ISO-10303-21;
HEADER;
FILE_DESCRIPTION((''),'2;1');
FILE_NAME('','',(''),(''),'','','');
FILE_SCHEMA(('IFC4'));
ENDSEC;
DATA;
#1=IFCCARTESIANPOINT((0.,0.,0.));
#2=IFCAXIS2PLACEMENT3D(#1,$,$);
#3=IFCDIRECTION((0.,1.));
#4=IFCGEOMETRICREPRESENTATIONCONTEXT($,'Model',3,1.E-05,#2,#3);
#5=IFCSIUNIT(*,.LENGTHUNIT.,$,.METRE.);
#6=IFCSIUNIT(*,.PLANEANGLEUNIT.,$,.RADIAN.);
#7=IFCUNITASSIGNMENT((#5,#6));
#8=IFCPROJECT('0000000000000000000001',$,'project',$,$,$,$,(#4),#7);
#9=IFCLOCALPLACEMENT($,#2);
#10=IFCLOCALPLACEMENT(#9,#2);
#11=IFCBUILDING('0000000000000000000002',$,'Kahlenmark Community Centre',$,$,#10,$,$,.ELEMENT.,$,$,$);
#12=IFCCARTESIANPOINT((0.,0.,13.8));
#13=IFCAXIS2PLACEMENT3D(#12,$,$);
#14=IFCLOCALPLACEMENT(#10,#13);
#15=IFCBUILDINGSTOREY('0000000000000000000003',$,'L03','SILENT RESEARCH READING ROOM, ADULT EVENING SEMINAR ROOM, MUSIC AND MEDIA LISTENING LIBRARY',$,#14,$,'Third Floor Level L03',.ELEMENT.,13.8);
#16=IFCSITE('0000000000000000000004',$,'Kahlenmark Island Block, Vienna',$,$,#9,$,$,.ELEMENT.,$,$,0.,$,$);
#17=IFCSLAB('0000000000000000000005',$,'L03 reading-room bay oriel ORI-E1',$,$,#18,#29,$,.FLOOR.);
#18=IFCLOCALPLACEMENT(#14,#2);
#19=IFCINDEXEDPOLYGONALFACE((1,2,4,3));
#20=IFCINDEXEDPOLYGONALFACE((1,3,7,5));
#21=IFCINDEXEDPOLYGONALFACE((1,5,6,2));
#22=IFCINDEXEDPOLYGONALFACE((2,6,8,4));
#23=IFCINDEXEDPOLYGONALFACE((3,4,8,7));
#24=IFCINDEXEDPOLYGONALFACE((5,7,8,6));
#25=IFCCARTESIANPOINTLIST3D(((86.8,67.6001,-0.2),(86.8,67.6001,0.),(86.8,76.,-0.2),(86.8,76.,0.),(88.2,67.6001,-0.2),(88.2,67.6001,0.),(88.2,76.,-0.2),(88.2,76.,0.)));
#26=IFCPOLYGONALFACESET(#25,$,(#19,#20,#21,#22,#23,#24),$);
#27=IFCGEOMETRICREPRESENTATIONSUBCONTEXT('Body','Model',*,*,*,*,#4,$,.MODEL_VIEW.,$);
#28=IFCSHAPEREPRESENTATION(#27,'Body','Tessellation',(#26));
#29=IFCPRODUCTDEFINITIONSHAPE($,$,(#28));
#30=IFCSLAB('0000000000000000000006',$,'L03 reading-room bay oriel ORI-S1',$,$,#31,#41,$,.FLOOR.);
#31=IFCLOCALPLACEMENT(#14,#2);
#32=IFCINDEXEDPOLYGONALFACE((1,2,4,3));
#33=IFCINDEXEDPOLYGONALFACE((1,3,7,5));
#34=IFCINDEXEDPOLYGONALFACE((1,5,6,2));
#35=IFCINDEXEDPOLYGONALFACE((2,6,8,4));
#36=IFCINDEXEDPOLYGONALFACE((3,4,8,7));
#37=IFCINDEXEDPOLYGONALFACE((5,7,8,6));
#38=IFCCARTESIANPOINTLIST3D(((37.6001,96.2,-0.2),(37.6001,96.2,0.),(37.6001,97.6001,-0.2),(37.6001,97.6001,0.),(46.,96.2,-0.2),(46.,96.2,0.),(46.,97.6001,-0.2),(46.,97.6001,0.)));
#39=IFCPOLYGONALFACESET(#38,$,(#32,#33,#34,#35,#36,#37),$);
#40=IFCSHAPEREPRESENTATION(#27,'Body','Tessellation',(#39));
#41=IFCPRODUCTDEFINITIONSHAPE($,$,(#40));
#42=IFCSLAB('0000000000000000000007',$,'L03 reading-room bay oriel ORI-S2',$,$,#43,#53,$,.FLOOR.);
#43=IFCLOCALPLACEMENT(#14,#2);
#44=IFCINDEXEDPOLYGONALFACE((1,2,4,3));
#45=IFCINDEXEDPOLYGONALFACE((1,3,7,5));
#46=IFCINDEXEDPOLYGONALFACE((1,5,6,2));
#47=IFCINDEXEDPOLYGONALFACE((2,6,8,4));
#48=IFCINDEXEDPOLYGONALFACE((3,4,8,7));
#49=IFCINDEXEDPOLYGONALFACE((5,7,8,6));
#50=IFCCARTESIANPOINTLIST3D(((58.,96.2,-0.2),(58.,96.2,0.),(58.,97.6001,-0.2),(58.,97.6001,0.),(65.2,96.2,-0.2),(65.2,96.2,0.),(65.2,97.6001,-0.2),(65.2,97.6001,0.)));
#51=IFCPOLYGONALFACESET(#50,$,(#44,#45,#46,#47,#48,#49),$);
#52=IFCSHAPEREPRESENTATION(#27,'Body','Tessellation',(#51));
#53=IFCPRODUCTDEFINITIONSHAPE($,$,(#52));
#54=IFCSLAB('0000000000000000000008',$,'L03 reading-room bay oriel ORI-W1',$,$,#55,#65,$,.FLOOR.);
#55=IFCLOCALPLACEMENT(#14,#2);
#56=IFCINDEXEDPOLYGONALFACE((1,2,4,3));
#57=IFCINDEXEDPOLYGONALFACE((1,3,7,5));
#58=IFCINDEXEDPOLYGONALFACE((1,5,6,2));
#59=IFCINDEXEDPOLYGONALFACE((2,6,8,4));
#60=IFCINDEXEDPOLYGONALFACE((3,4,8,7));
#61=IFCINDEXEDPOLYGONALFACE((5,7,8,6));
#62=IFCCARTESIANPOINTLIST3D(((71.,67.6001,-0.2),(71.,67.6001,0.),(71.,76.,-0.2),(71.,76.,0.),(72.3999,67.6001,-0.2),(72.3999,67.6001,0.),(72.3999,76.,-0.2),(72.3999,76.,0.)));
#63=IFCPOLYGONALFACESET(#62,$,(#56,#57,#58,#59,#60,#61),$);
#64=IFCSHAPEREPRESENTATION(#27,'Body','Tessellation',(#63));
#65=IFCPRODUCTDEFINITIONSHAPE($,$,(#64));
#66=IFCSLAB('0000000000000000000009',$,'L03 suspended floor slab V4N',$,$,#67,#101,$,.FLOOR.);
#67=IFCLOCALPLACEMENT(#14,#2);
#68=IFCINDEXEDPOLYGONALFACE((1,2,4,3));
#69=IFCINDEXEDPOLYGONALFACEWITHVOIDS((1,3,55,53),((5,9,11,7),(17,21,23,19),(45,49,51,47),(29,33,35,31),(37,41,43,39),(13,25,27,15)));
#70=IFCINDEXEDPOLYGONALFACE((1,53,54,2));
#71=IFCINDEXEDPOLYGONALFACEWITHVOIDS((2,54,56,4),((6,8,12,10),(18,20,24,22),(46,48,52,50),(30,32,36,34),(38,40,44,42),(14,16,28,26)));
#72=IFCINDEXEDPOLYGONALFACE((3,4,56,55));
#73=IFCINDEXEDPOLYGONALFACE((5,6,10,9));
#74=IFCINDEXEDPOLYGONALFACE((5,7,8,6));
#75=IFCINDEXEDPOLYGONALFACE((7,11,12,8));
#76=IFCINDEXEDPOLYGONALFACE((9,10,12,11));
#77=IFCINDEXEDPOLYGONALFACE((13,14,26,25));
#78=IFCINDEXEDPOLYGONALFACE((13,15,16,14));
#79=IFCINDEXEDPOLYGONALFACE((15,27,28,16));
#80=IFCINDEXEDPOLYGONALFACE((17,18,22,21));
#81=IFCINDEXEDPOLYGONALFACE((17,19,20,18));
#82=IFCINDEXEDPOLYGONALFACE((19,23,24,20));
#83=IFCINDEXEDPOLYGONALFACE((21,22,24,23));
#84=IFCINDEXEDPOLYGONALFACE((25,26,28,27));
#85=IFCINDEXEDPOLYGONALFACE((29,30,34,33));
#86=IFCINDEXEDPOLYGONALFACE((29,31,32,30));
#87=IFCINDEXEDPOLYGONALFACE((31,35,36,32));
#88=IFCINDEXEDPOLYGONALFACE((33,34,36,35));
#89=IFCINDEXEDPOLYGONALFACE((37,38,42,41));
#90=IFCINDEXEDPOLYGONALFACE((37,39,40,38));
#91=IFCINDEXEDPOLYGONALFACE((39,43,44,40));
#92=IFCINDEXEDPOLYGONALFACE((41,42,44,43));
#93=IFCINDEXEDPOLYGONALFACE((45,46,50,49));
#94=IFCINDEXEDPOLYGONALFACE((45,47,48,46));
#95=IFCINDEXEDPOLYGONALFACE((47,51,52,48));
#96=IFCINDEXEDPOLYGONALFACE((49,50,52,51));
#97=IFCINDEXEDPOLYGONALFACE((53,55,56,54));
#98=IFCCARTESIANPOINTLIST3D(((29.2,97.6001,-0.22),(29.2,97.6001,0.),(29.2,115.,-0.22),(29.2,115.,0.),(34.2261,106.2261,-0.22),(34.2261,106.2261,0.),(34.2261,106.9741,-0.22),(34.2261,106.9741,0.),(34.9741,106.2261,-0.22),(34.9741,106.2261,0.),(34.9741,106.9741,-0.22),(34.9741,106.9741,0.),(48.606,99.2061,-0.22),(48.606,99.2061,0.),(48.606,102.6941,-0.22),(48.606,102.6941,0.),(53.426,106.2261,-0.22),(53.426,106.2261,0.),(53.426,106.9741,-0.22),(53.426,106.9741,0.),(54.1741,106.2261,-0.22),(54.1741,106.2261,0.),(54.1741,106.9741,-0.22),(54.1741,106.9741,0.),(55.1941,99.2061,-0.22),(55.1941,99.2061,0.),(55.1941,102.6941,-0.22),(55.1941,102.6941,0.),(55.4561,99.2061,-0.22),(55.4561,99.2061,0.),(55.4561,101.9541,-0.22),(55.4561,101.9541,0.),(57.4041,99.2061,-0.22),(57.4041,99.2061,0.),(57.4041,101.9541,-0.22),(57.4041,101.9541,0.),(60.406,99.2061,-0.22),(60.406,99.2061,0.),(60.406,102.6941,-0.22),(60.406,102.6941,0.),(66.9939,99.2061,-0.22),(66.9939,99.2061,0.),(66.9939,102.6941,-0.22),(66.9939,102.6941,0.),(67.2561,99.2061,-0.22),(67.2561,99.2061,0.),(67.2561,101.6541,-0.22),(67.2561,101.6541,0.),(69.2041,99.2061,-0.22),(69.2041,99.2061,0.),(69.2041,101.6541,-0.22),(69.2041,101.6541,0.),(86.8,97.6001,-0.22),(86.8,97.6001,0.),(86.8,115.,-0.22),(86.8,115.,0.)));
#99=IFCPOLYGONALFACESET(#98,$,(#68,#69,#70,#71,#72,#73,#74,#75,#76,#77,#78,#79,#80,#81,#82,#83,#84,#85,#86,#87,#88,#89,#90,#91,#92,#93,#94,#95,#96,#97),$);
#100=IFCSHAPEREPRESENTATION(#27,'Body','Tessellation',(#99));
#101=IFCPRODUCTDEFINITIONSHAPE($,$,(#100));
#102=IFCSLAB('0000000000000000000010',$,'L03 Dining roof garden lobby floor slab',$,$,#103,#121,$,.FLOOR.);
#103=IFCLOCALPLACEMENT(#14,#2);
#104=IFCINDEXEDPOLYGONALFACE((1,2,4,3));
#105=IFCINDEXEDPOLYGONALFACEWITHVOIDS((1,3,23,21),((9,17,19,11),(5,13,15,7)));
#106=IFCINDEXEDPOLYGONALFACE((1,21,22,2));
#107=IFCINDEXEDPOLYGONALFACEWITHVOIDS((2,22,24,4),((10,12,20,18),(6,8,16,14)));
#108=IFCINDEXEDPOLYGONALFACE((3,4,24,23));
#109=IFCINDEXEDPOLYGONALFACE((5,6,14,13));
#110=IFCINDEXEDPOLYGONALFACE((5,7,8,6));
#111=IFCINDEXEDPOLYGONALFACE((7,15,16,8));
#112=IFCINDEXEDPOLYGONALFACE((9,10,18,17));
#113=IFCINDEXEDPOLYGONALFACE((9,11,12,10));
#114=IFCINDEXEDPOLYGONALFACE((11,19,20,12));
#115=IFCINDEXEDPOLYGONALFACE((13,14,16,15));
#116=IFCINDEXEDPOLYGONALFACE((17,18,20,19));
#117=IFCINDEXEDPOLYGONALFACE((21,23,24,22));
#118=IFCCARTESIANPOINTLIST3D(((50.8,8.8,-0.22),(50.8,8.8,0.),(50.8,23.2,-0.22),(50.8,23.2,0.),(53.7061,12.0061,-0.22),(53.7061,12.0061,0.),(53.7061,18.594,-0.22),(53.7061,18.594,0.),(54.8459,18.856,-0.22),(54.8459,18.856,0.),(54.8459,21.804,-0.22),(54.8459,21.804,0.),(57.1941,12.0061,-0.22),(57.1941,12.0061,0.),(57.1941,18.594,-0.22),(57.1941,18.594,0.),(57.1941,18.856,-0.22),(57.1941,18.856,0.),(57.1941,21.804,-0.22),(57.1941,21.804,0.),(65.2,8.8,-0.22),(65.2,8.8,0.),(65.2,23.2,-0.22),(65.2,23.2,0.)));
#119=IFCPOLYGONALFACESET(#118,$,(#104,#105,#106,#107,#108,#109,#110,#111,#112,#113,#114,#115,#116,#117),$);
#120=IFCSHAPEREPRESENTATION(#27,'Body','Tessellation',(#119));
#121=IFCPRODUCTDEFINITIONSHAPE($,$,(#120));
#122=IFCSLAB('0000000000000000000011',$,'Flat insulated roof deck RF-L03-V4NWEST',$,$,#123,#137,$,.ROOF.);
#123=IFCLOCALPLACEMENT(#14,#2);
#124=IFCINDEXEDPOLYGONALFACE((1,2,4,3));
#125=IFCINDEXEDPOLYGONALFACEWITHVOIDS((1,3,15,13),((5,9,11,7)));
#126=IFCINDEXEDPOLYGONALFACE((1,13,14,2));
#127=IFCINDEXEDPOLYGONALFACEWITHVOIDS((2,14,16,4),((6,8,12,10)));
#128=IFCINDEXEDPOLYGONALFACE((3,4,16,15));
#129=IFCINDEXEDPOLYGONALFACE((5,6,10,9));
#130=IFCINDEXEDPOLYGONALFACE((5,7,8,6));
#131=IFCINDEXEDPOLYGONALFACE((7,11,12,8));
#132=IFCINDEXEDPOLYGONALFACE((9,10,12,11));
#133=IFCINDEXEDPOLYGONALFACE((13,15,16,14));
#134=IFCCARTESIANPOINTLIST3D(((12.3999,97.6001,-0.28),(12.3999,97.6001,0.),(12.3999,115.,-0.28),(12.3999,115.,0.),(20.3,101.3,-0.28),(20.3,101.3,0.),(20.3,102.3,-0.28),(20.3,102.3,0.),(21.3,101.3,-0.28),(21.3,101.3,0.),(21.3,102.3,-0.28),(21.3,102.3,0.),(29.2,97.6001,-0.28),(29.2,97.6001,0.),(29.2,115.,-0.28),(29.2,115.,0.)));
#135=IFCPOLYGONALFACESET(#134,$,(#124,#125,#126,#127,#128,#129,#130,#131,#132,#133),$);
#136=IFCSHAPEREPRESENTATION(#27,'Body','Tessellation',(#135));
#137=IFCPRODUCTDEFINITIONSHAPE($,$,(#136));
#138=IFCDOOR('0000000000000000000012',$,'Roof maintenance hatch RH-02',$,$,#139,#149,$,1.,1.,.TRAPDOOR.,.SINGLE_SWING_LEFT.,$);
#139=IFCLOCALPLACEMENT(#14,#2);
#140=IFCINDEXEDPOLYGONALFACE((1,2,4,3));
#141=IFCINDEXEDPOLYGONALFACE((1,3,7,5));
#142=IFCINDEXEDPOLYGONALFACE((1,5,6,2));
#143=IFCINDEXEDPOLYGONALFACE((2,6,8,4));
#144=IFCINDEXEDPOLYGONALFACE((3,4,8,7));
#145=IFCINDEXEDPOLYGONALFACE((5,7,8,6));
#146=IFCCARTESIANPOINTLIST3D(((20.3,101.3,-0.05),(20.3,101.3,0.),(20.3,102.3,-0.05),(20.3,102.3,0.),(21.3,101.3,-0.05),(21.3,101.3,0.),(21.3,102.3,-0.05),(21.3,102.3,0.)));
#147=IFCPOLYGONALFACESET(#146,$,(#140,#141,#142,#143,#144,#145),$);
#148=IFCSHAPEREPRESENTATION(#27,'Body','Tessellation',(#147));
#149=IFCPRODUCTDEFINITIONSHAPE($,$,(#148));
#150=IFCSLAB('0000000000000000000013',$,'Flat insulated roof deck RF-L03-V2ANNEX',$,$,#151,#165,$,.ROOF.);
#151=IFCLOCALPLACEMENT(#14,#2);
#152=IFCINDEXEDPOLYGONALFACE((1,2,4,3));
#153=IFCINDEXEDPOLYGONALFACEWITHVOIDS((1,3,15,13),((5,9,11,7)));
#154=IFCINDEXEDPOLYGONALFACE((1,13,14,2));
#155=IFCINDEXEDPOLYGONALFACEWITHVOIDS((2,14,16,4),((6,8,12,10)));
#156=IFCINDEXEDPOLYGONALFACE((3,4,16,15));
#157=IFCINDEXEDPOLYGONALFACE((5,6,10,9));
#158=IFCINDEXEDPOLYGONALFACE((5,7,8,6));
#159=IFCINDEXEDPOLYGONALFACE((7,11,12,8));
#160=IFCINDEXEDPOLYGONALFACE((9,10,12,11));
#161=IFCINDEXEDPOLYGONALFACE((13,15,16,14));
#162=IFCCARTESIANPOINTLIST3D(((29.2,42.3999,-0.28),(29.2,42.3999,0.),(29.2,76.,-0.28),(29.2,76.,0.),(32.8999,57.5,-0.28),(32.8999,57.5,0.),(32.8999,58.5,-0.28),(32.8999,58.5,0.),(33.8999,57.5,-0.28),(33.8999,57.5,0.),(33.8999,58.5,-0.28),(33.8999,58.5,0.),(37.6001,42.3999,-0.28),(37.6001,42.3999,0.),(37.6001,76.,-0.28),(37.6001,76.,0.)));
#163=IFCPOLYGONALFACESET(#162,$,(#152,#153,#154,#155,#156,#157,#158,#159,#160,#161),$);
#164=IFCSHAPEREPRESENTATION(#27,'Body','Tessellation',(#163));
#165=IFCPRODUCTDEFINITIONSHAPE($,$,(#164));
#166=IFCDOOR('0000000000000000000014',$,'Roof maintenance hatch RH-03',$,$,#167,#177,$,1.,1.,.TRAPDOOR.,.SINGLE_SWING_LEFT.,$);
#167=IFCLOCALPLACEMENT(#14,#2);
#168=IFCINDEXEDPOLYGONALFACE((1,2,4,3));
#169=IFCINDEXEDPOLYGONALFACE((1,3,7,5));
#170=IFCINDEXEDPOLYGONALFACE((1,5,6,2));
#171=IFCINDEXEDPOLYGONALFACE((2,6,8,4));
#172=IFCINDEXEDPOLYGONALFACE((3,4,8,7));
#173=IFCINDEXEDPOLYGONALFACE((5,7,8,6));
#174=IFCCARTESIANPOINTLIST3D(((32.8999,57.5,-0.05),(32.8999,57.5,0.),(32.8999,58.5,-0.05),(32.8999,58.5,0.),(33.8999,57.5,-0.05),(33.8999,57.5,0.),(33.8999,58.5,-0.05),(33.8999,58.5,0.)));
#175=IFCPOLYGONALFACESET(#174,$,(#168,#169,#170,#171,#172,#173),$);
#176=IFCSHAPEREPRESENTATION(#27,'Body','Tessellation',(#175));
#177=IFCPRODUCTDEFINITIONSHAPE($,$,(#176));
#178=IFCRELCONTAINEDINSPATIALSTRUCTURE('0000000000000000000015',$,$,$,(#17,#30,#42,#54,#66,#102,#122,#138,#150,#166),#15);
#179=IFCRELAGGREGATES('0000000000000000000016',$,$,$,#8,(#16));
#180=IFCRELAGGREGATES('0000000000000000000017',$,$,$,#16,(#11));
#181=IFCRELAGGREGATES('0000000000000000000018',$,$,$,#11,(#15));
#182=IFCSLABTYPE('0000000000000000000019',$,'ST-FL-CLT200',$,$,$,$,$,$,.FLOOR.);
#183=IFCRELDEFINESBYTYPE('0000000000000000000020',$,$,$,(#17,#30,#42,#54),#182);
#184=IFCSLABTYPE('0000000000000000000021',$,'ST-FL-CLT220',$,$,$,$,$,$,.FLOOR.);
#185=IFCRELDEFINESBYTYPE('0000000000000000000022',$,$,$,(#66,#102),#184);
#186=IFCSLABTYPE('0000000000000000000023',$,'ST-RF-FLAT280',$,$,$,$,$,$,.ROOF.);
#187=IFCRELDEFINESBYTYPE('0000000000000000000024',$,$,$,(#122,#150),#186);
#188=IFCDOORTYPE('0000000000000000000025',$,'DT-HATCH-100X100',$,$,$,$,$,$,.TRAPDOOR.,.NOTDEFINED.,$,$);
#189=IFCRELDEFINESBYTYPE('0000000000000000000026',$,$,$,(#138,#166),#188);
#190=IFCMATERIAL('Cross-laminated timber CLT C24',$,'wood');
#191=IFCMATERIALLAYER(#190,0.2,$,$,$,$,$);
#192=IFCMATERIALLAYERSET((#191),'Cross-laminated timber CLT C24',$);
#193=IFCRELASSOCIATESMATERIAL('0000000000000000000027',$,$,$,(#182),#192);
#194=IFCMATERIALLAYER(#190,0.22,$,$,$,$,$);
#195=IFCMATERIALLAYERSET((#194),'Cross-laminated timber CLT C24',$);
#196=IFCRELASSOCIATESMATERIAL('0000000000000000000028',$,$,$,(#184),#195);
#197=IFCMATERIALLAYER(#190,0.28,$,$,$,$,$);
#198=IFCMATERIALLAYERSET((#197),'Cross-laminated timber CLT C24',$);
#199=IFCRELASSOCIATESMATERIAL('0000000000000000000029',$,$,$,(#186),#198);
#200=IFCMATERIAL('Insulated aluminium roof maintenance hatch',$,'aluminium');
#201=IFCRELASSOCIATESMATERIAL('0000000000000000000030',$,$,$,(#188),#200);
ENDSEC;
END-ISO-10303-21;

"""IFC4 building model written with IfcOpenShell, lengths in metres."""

from ifc_helpers import new_model, si_unit, direction, frame, origin, origin_2d, place, context, subcontext, project, spatial, polyline, rectangle, outline, extrude, material, layer, layer_set, type_object, element, fill, save


model = new_model("IFC4")

# Units and contexts
model_context = context("Model", 3, precision=1e-05, world=origin(), true_north=direction((0.0, 1.0)))
body_context = subcontext(model_context, "Body", "Model", "MODEL_VIEW")
ifc_project = project(units=[si_unit("LENGTHUNIT", "METRE"), si_unit("PLANEANGLEUNIT", "RADIAN")], contexts=[model_context])

# Site, building, storey
site_placement = place(None, origin())
site = spatial("IfcSite", under=ifc_project, at=site_placement, Name="Kahlenmark Island Block, Vienna", CompositionType="ELEMENT", RefElevation=0.0)
building_placement = place(site_placement, origin())
building = spatial("IfcBuilding", under=site, at=building_placement, Name="Kahlenmark Community Centre", CompositionType="ELEMENT")
storey_placement = place(building_placement, frame((0.0, 0.0, 13.8)))
storey = spatial("IfcBuildingStorey", under=building, at=storey_placement, Name="L03", Description="SILENT RESEARCH READING ROOM, ADULT EVENING SEMINAR ROOM, MUSIC AND MEDIA LISTENING LIBRARY", LongName="Third Floor Level L03", CompositionType="ELEMENT", Elevation=13.8)

# Slabs
ifc_material_1 = material(Name="Cross-laminated timber CLT C24", Category="wood")
ifc_layer_1 = layer(ifc_material_1, 0.2)
ifc_layer_set_1 = layer_set([ifc_layer_1], Name="Cross-laminated timber CLT C24")
slab_type_1 = type_object("IfcSlabType", Name="ST-FL-CLT200", PredefinedType="FLOOR", material=ifc_layer_set_1)
slab_1_placement = place(storey_placement, frame((0.0, 0.0, -0.2)))
element("IfcSlab", 1, at=slab_1_placement, inside=storey, type_object=slab_type_1, Name="L03 reading-room bay oriel ORI-E1", PredefinedType="FLOOR", context=body_context, shape_type="SweptSolid", body=[
    extrude(outline(polyline([(86.8, 67.6001), (88.2, 67.6001), (88.2, 76.0), (86.8, 76.0), (86.8, 67.6001)])), origin(), (0.0, 0.0, 1.0), 0.2),
])
slab_2_placement = place(storey_placement, frame((0.0, 0.0, -0.2)))
element("IfcSlab", 2, at=slab_2_placement, inside=storey, type_object=slab_type_1, Name="L03 reading-room bay oriel ORI-S1", PredefinedType="FLOOR", context=body_context, shape_type="SweptSolid", body=[
    extrude(outline(polyline([(37.6001, 96.2), (46.0, 96.2), (46.0, 97.6001), (37.6001, 97.6001), (37.6001, 96.2)])), origin(), (0.0, 0.0, 1.0), 0.2),
])
slab_3_placement = place(storey_placement, frame((0.0, 0.0, -0.2)))
element("IfcSlab", 3, at=slab_3_placement, inside=storey, type_object=slab_type_1, Name="L03 reading-room bay oriel ORI-S2", PredefinedType="FLOOR", context=body_context, shape_type="SweptSolid", body=[
    extrude(outline(polyline([(58.0, 96.2), (65.2, 96.2), (65.2, 97.6001), (58.0, 97.6001), (58.0, 96.2)])), origin(), (0.0, 0.0, 1.0), 0.2),
])
slab_4_placement = place(storey_placement, frame((0.0, 0.0, -0.2)))
element("IfcSlab", 4, at=slab_4_placement, inside=storey, type_object=slab_type_1, Name="L03 reading-room bay oriel ORI-W1", PredefinedType="FLOOR", context=body_context, shape_type="SweptSolid", body=[
    extrude(outline(polyline([(71.0, 67.6001), (72.3999, 67.6001), (72.3999, 76.0), (71.0, 76.0), (71.0, 67.6001)])), origin(), (0.0, 0.0, 1.0), 0.2),
])
ifc_layer_2 = layer(ifc_material_1, 0.22)
ifc_layer_set_2 = layer_set([ifc_layer_2], Name="Cross-laminated timber CLT C24")
slab_type_2 = type_object("IfcSlabType", Name="ST-FL-CLT220", PredefinedType="FLOOR", material=ifc_layer_set_2)
slab_5_placement = place(storey_placement, frame((0.0, 0.0, -0.22)))
element("IfcSlab", 5, at=slab_5_placement, inside=storey, type_object=slab_type_2, Name="L03 suspended floor slab V4N", PredefinedType="FLOOR", context=body_context, shape_type="SweptSolid", body=[
    extrude(outline(polyline([(29.2, 97.6001), (86.8, 97.6001), (86.8, 115.0), (29.2, 115.0), (29.2, 97.6001)]), holes=[polyline([(48.606, 99.2061), (55.1941, 99.2061), (55.1941, 102.6941), (48.606, 102.6941), (48.606, 99.2061)]), polyline([(60.406, 99.2061), (66.9939, 99.2061), (66.9939, 102.6941), (60.406, 102.6941), (60.406, 99.2061)]), polyline([(55.4561, 99.2061), (57.4041, 99.2061), (57.4041, 101.9541), (55.4561, 101.9541), (55.4561, 99.2061)]), polyline([(67.2561, 99.2061), (69.2041, 99.2061), (69.2041, 101.6541), (67.2561, 101.6541), (67.2561, 99.2061)]), polyline([(34.2261, 106.2261), (34.9741, 106.2261), (34.9741, 106.9741), (34.2261, 106.9741), (34.2261, 106.2261)]), polyline([(53.426, 106.2261), (54.1741, 106.2261), (54.1741, 106.9741), (53.426, 106.9741), (53.426, 106.2261)])]), origin(), (0.0, 0.0, 1.0), 0.22),
])
slab_6_placement = place(storey_placement, frame((0.0, 0.0, -0.22)))
element("IfcSlab", 6, at=slab_6_placement, inside=storey, type_object=slab_type_2, Name="L03 Dining roof garden lobby floor slab", PredefinedType="FLOOR", context=body_context, shape_type="SweptSolid", body=[
    extrude(outline(polyline([(50.8, 8.8), (65.2, 8.8), (65.2, 23.2), (50.8, 23.2), (50.8, 8.8)]), holes=[polyline([(53.7061, 12.0061), (57.1941, 12.0061), (57.1941, 18.594), (53.7061, 18.594), (53.7061, 12.0061)]), polyline([(54.8459, 18.856), (57.1941, 18.856), (57.1941, 21.804), (54.8459, 21.804), (54.8459, 18.856)])]), origin(), (0.0, 0.0, 1.0), 0.22),
])

# Slabs, openings, doors
ifc_layer_3 = layer(ifc_material_1, 0.28)
ifc_layer_set_3 = layer_set([ifc_layer_3], Name="Cross-laminated timber CLT C24")
slab_type_3 = type_object("IfcSlabType", Name="ST-RF-FLAT280", PredefinedType="ROOF", material=ifc_layer_set_3)
slab_7_placement = place(storey_placement, frame((0.0, 0.0, -0.28)))
slab_7 = element("IfcSlab", 7, at=slab_7_placement, inside=storey, type_object=slab_type_3, Name="Flat insulated roof deck RF-L03-V4NWEST", PredefinedType="ROOF", context=body_context, shape_type="SweptSolid", body=[
    extrude(outline(polyline([(12.3999, 97.6001), (29.2, 97.6001), (29.2, 115.0), (12.3999, 115.0), (12.3999, 97.6001)])), origin(), (0.0, 0.0, 1.0), 0.28),
])
opening_1_placement = place(slab_7_placement, frame((20.8, 101.8, -0.01)))
opening_1 = element("IfcOpeningElement", 8, at=opening_1_placement, cuts=slab_7, PredefinedType="OPENING", context=body_context, shape_type="SweptSolid", body=[
    extrude(rectangle(XDim=1.0, YDim=1.0, at=origin_2d()), origin(), (0.0, 0.0, 1.0), 0.3),
])
ifc_material_2 = material(Name="Insulated aluminium roof maintenance hatch", Category="aluminium")
door_type = type_object("IfcDoorType", Name="DT-HATCH-100X100", OperationType="NOTDEFINED", PredefinedType="TRAPDOOR", material=ifc_material_2)
door_1_placement = place(slab_7_placement, frame((20.8, 101.8, 0.23)))
door_1 = element("IfcDoor", 9, at=door_1_placement, inside=storey, type_object=door_type, Name="Roof maintenance hatch RH-02", OperationType="SINGLE_SWING_LEFT", OverallHeight=1.0, OverallWidth=1.0, PredefinedType="TRAPDOOR", context=body_context, shape_type="SweptSolid", body=[
    extrude(rectangle(XDim=1.0, YDim=1.0, at=origin_2d()), origin(), (0.0, 0.0, 1.0), 0.05),
])
fill(opening_1, door_1)
slab_8_placement = place(storey_placement, frame((0.0, 0.0, -0.28)))
slab_8 = element("IfcSlab", 10, at=slab_8_placement, inside=storey, type_object=slab_type_3, Name="Flat insulated roof deck RF-L03-V2ANNEX", PredefinedType="ROOF", context=body_context, shape_type="SweptSolid", body=[
    extrude(outline(polyline([(29.2, 42.3999), (37.6001, 42.3999), (37.6001, 76.0), (29.2, 76.0), (29.2, 42.3999)])), origin(), (0.0, 0.0, 1.0), 0.28),
])
opening_2_placement = place(slab_8_placement, frame((33.3999, 58.0, -0.01)))
opening_2 = element("IfcOpeningElement", 11, at=opening_2_placement, cuts=slab_8, PredefinedType="OPENING", context=body_context, shape_type="SweptSolid", body=[
    extrude(rectangle(XDim=1.0, YDim=1.0, at=origin_2d()), origin(), (0.0, 0.0, 1.0), 0.3),
])
door_2_placement = place(slab_8_placement, frame((33.3999, 58.0, 0.23)))
door_2 = element("IfcDoor", 12, at=door_2_placement, inside=storey, type_object=door_type, Name="Roof maintenance hatch RH-03", OperationType="SINGLE_SWING_LEFT", OverallHeight=1.0, OverallWidth=1.0, PredefinedType="TRAPDOOR", context=body_context, shape_type="SweptSolid", body=[
    extrude(rectangle(XDim=1.0, YDim=1.0, at=origin_2d()), origin(), (0.0, 0.0, 1.0), 0.05),
])
fill(opening_2, door_2)

save(model, "model.ifc")
